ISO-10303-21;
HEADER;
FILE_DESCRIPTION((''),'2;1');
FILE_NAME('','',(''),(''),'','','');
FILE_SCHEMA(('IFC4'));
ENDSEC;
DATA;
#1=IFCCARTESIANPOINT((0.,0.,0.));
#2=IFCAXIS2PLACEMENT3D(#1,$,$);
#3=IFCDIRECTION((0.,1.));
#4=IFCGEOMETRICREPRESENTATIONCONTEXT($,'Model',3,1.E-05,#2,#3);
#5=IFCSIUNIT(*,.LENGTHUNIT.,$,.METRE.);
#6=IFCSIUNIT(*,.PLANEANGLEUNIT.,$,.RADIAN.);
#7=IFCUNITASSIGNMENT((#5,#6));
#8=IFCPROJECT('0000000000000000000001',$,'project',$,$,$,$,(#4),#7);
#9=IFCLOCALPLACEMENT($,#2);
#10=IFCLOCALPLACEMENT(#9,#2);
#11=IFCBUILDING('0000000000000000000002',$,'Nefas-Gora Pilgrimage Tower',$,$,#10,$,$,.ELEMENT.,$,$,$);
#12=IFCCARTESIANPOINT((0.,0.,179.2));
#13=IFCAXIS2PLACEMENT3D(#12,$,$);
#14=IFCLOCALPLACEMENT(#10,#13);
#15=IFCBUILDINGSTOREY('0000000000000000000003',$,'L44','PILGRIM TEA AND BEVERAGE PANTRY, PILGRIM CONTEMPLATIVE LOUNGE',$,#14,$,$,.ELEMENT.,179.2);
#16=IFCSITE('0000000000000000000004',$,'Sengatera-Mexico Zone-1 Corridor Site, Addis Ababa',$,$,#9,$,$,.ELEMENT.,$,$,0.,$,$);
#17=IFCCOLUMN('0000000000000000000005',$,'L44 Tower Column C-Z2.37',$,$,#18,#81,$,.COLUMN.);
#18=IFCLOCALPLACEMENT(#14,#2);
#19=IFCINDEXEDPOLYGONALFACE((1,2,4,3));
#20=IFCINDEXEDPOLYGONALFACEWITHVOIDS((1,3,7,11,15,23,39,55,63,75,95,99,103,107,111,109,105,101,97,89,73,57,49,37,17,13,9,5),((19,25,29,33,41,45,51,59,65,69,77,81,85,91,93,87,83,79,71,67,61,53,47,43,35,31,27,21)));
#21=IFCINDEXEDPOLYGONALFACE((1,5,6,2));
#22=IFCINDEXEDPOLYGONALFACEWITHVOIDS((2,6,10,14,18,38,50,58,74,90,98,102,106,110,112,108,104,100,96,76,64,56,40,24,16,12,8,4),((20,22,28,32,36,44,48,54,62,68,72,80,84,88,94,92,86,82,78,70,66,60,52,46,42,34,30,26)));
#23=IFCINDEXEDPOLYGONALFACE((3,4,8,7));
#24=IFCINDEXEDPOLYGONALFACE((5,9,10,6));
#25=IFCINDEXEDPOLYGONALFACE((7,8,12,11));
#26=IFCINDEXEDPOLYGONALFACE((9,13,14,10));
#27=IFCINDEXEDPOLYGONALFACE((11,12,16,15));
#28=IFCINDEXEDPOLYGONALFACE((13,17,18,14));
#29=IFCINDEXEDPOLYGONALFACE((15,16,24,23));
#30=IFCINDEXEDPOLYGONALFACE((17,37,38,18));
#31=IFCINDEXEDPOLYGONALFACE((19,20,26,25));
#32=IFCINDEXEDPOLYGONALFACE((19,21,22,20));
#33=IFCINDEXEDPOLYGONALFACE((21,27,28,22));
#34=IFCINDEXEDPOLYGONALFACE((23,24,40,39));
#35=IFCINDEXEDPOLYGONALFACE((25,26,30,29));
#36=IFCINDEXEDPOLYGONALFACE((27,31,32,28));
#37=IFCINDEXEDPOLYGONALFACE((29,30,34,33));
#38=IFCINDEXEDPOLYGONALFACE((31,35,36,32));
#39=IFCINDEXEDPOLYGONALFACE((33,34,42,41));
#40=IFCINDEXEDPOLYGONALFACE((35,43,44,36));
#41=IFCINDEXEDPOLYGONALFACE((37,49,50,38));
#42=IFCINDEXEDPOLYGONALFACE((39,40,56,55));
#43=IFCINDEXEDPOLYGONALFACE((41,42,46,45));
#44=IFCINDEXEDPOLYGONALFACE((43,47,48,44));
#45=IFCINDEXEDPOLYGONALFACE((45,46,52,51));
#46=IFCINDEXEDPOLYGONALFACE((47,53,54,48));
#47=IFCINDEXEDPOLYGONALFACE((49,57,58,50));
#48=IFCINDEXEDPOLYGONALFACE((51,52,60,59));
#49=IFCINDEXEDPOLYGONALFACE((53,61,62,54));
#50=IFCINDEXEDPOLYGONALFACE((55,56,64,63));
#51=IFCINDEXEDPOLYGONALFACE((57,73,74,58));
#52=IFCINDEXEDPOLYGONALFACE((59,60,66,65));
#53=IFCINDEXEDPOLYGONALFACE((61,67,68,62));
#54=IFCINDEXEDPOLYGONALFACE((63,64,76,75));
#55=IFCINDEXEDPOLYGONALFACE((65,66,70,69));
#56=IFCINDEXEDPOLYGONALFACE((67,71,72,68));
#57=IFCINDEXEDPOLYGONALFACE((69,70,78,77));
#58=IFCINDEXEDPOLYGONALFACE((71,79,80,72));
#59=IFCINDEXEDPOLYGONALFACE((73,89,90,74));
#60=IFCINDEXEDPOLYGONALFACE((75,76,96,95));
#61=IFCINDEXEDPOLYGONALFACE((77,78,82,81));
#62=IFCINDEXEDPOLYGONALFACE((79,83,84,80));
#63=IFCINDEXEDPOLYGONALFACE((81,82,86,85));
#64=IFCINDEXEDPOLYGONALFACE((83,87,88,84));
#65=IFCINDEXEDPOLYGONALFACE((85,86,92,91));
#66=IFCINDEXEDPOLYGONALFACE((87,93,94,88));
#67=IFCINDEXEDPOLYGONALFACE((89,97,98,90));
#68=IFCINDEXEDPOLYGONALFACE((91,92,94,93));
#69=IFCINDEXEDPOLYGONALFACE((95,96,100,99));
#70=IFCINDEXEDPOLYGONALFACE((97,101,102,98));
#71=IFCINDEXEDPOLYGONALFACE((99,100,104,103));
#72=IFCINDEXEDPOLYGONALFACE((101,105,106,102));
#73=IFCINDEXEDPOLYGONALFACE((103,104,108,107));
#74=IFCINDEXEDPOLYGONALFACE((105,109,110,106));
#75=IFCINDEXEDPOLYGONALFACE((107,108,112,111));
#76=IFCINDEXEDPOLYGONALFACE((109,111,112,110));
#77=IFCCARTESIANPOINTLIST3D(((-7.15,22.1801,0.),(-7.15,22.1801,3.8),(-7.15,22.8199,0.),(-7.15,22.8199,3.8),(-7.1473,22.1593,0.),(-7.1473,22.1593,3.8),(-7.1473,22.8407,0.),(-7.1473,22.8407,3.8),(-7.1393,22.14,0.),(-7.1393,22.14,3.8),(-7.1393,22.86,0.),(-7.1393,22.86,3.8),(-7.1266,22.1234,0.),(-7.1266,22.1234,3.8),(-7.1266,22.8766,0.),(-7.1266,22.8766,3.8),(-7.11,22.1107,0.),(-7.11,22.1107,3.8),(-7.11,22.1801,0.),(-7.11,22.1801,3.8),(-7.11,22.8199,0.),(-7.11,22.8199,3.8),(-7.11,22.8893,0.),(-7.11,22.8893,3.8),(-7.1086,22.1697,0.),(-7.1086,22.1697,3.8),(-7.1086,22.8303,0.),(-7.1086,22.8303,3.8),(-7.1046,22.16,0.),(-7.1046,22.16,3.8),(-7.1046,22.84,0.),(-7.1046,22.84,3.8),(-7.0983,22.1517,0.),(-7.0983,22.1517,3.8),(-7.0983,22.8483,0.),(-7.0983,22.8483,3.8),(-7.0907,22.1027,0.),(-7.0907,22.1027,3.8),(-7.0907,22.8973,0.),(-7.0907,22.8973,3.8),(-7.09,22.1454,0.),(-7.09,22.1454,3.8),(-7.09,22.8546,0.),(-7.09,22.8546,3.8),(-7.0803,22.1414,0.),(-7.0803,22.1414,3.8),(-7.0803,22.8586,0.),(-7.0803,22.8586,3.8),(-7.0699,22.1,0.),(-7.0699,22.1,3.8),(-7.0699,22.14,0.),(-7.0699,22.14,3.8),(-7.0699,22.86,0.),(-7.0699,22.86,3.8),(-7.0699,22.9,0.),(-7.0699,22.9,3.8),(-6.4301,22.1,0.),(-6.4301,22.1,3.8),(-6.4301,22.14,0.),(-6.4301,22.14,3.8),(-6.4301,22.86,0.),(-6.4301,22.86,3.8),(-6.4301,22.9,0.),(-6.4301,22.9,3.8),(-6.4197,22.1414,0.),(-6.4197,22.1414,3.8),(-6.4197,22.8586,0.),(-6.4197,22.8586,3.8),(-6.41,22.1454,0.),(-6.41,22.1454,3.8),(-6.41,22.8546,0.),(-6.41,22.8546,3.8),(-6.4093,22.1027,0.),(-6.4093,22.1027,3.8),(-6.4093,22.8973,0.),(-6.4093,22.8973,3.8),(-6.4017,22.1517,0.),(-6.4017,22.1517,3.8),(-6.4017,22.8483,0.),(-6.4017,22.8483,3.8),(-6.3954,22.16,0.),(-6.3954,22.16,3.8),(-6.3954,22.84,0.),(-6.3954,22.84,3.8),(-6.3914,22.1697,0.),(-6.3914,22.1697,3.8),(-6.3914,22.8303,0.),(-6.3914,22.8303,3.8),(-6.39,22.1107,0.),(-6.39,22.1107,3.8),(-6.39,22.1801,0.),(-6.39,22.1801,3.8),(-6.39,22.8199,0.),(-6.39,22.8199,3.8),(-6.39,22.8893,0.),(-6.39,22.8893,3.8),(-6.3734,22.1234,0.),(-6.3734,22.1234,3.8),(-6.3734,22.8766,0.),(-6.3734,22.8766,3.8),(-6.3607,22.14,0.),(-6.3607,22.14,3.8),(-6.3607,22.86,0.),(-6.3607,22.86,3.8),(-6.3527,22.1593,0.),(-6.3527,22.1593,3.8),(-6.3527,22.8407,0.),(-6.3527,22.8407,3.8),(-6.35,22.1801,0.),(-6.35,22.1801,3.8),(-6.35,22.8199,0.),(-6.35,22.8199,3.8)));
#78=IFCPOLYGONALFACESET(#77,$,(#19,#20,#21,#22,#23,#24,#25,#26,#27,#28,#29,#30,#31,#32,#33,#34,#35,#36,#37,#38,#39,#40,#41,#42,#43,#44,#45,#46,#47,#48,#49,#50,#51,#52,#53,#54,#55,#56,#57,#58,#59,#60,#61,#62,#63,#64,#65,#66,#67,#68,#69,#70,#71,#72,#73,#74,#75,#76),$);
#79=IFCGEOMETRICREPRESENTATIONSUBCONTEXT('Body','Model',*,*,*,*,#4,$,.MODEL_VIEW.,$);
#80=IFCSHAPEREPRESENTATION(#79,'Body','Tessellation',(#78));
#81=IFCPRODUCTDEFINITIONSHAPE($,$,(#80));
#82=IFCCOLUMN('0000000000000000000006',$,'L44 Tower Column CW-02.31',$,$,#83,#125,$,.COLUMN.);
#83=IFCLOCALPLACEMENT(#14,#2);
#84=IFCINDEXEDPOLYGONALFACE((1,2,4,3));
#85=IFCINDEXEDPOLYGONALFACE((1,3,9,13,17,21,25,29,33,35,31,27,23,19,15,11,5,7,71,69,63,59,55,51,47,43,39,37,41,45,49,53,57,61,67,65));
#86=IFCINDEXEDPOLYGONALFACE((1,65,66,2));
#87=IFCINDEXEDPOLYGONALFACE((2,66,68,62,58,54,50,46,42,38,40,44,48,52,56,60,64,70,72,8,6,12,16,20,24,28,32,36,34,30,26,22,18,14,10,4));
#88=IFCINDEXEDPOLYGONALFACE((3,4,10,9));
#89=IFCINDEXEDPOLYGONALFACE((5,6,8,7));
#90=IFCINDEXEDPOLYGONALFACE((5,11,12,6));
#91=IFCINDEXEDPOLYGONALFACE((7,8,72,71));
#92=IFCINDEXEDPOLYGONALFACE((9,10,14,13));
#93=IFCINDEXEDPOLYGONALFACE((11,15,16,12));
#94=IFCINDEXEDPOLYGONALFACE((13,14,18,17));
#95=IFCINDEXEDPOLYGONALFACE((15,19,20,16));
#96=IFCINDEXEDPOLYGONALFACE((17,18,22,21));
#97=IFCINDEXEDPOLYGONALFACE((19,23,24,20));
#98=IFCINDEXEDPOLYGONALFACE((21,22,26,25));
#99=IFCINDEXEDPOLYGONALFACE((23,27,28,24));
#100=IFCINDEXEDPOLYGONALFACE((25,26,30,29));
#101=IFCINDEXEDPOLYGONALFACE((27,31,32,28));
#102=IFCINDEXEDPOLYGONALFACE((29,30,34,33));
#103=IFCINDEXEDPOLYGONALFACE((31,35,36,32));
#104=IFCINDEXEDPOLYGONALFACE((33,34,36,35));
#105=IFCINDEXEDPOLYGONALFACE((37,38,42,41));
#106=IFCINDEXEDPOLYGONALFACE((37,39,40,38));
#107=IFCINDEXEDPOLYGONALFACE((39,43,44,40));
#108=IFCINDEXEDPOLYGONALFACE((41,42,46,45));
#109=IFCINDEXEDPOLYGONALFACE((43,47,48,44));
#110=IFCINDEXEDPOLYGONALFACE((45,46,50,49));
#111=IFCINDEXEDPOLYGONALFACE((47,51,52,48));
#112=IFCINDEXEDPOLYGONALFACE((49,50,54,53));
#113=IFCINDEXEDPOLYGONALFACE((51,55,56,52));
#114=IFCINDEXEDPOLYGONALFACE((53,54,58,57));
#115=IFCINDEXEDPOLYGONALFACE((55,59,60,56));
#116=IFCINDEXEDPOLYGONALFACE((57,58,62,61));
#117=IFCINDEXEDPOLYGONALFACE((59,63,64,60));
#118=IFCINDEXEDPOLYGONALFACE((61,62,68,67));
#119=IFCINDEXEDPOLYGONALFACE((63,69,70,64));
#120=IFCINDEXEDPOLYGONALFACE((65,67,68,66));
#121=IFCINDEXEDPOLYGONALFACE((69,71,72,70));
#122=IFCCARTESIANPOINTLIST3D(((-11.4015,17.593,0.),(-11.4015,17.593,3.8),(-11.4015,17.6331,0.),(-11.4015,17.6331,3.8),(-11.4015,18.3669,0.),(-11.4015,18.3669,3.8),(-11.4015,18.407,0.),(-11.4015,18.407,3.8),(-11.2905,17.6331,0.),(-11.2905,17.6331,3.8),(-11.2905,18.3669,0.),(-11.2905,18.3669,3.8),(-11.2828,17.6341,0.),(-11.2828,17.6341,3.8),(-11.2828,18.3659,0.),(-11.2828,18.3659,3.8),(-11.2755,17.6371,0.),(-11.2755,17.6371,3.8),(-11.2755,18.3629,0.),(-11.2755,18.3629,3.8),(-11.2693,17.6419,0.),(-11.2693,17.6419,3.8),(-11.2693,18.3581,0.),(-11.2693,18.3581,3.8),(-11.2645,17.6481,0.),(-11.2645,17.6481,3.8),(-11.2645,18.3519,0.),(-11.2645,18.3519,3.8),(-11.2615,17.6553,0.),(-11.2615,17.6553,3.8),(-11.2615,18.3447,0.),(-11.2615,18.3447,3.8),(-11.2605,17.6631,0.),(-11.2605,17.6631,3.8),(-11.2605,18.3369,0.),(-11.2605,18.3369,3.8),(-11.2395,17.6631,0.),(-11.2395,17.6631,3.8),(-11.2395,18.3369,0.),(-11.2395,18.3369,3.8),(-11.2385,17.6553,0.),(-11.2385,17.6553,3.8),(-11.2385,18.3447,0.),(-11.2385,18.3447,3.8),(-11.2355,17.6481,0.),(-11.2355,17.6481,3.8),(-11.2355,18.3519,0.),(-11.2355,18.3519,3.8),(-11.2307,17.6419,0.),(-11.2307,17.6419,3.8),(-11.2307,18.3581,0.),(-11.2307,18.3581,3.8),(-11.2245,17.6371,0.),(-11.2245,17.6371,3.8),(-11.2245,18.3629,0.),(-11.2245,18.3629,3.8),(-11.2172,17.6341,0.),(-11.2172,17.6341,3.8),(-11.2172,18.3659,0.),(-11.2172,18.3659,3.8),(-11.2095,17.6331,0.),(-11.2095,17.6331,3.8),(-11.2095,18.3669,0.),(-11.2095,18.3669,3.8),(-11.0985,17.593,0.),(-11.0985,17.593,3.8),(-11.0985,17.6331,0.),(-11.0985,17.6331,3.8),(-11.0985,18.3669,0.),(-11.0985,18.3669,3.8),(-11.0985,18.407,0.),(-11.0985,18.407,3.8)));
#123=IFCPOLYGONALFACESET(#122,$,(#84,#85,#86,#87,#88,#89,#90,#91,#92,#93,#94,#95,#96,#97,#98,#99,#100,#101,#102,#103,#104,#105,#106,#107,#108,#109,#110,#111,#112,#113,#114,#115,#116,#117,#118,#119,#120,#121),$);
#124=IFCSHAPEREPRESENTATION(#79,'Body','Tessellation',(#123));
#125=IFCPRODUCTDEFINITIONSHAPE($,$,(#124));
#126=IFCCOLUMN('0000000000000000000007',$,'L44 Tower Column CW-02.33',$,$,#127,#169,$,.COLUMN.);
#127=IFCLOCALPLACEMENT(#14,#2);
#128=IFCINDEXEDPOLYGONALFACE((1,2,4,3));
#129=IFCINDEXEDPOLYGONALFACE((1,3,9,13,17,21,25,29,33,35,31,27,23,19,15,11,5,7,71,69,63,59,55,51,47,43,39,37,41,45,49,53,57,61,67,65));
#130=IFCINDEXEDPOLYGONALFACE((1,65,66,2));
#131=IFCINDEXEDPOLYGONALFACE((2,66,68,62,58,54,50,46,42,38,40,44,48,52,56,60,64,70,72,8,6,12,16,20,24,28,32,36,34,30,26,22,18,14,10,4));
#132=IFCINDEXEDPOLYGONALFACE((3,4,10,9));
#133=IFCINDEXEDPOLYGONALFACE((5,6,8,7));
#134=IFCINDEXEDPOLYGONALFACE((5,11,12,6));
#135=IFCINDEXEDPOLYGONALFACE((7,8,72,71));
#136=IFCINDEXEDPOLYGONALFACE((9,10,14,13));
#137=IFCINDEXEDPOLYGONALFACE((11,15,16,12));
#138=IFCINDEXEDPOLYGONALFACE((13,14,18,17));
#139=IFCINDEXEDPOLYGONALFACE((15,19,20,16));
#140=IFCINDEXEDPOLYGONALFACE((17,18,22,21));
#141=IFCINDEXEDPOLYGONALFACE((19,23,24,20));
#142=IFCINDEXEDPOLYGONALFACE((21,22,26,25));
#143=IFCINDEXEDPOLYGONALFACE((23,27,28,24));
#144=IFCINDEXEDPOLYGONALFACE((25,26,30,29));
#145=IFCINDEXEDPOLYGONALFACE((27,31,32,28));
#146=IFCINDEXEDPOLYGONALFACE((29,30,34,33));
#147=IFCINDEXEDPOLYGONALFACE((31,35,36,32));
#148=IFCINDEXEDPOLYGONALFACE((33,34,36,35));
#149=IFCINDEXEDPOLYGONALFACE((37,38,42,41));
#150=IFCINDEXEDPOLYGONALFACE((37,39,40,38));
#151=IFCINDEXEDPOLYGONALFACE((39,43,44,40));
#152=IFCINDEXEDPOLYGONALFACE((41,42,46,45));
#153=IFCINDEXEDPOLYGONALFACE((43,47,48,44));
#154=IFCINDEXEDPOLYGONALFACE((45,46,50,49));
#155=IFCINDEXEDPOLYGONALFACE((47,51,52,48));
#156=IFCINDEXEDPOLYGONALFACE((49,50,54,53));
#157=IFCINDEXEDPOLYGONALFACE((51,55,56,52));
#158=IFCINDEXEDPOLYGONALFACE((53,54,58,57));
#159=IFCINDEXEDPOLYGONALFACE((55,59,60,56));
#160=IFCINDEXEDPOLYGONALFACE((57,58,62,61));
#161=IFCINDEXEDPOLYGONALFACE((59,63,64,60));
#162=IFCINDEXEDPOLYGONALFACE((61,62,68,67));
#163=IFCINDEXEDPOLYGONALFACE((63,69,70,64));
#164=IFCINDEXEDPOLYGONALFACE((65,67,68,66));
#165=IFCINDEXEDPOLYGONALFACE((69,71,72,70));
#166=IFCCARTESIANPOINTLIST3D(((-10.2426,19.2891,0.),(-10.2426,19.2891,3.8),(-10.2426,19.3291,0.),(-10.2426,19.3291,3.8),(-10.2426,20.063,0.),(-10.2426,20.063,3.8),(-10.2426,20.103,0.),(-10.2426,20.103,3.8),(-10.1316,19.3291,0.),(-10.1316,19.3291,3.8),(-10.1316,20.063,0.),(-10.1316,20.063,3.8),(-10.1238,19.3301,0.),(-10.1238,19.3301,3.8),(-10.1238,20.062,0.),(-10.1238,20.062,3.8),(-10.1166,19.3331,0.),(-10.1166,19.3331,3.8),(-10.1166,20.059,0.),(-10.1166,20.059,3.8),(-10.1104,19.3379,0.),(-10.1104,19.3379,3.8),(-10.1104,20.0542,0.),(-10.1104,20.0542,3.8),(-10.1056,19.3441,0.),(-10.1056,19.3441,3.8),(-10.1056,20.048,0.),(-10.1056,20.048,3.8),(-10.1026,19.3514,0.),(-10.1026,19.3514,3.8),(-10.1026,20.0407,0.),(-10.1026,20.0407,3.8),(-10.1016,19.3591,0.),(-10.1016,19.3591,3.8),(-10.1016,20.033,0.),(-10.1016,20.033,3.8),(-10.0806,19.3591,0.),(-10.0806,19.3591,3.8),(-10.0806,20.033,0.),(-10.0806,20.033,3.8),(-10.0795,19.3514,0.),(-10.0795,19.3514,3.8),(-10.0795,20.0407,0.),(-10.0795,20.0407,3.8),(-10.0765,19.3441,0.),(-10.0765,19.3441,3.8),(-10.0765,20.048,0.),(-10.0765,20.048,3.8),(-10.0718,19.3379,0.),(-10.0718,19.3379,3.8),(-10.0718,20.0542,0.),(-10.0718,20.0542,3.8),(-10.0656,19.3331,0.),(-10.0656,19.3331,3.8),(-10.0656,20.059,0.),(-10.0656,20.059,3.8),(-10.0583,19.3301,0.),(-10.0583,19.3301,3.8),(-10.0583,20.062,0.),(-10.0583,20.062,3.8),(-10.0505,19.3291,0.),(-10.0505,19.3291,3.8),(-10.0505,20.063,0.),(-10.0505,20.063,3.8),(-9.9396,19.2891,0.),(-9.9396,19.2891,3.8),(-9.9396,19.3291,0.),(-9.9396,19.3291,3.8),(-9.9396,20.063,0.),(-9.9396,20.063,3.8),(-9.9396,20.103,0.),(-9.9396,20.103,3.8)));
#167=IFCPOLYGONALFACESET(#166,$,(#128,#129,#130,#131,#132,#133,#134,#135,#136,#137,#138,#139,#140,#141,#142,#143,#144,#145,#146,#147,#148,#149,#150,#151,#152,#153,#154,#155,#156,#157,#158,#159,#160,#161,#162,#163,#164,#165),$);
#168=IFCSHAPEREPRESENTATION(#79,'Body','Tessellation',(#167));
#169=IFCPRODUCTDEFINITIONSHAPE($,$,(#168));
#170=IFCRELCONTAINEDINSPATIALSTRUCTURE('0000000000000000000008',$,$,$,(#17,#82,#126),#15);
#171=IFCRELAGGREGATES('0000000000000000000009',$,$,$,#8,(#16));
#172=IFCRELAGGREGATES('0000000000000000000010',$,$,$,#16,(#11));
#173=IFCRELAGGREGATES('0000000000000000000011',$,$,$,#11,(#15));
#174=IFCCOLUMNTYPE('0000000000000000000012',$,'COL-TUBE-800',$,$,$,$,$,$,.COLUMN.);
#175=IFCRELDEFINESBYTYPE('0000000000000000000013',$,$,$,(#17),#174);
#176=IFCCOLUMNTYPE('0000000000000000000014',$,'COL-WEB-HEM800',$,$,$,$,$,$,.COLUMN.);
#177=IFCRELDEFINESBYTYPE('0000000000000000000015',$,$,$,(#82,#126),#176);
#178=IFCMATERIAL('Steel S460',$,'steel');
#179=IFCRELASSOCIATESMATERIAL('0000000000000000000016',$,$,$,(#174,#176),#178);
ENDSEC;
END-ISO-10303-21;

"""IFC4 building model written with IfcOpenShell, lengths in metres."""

from ifc_helpers import new_model, si_unit, direction, frame, origin, origin_2d, place, context, subcontext, project, spatial, hollow_rectangle, i_section, extrude, source, transform, mapped, material, material_profile, profile_set, type_object, element, save


model = new_model("IFC4")

# Units and contexts
model_context = context("Model", 3, precision=1e-05, world=origin(), true_north=direction((0.0, 1.0)))
body_context = subcontext(model_context, "Body", "Model", "MODEL_VIEW")
ifc_project = project(units=[si_unit("LENGTHUNIT", "METRE"), si_unit("PLANEANGLEUNIT", "RADIAN")], contexts=[model_context])

# Site, building, storey
site_placement = place(None, origin())
site = spatial("IfcSite", under=ifc_project, at=site_placement, Name="Sengatera-Mexico Zone-1 Corridor Site, Addis Ababa", CompositionType="ELEMENT", RefElevation=0.0)
building_placement = place(site_placement, origin())
building = spatial("IfcBuilding", under=site, at=building_placement, Name="Nefas-Gora Pilgrimage Tower", CompositionType="ELEMENT")
storey_placement = place(building_placement, frame((0.0, 0.0, 179.2)))
storey = spatial("IfcBuildingStorey", under=building, at=storey_placement, Name="L44", Description="PILGRIM TEA AND BEVERAGE PANTRY, PILGRIM CONTEMPLATIVE LOUNGE", CompositionType="ELEMENT", Elevation=179.2)

# Columns
ifc_material_1 = material(Name="Steel S460", Category="steel")
ifc_material_profile_1 = material_profile(ifc_material_1, hollow_rectangle(XDim=0.8, YDim=0.8, WallThickness=0.04, InnerFilletRadius=0.04, OuterFilletRadius=0.0801, at=origin_2d()), Name="BOX 800x800x40")
ifc_profile_set_1 = profile_set([ifc_material_profile_1], Name="Steel S460")
column_type_1 = type_object("IfcColumnType", Name="COL-TUBE-800", PredefinedType="COLUMN", material=ifc_profile_set_1)
shared_shape_1 = source(origin(), body_context, "Body", "SweptSolid", [
    extrude(hollow_rectangle(XDim=0.8, YDim=0.8, WallThickness=0.04, InnerFilletRadius=0.04, OuterFilletRadius=0.0801, at=origin_2d()), origin(), (0.0, 0.0, 1.0), 3.8),
])
column_placement = place(storey_placement, frame((-6.75, 22.5, 0.0), z_axis=(0.0, 0.0, 1.0), x_axis=(1.0, 0.0, 0.0)))
element("IfcColumn", 1, at=column_placement, inside=storey, type_object=column_type_1, Name="L44 Tower Column C-Z2.37", PredefinedType="COLUMN", context=body_context, shape_type="MappedRepresentation", body=[
    mapped(shared_shape_1, transform((0.0, 0.0, 0.0), x_axis=(1.0, 0.0, 0.0), y_axis=(0.0, 1.0, 0.0), z_axis=(0.0, 0.0, 1.0), scale=1.0)),
])
ifc_material_profile_2 = material_profile(ifc_material_1, i_section(OverallWidth=0.303, OverallDepth=0.814, WebThickness=0.021, FlangeThickness=0.04, FilletRadius=0.03, at=origin_2d()), Name="HEM 800")
ifc_profile_set_2 = profile_set([ifc_material_profile_2], Name="Steel S460")
column_type_2 = type_object("IfcColumnType", Name="COL-WEB-HEM800", PredefinedType="COLUMN", material=ifc_profile_set_2)
shared_shape_2 = source(origin(), body_context, "Body", "SweptSolid", [
    extrude(i_section(OverallWidth=0.303, OverallDepth=0.814, WebThickness=0.021, FlangeThickness=0.04, FilletRadius=0.03, at=origin_2d()), origin(), (0.0, 0.0, 1.0), 3.8),
])
for number, where, z_axis, x_axis, name in (
    (2, (-11.25, 18.0, 0.0), (0.0, 0.0, 1.0), (1.0, 0.0, 0.0), "L44 Tower Column CW-02.31"),
    (3, (-10.0911, 19.696, 0.0), (0.0, 0.0, 1.0), (1.0, 0.0, 0.0), "L44 Tower Column CW-02.33"),
):
    element("IfcColumn", number, at=place(storey_placement, frame(where, z_axis=z_axis, x_axis=x_axis)), inside=storey, type_object=column_type_2, Name=name, PredefinedType="COLUMN", context=body_context, shape_type="MappedRepresentation", body=[
        mapped(shared_shape_2, transform((0.0, 0.0, 0.0), x_axis=(1.0, 0.0, 0.0), y_axis=(0.0, 1.0, 0.0), z_axis=(0.0, 0.0, 1.0), scale=1.0)),
    ])

save(model, "model.ifc")
